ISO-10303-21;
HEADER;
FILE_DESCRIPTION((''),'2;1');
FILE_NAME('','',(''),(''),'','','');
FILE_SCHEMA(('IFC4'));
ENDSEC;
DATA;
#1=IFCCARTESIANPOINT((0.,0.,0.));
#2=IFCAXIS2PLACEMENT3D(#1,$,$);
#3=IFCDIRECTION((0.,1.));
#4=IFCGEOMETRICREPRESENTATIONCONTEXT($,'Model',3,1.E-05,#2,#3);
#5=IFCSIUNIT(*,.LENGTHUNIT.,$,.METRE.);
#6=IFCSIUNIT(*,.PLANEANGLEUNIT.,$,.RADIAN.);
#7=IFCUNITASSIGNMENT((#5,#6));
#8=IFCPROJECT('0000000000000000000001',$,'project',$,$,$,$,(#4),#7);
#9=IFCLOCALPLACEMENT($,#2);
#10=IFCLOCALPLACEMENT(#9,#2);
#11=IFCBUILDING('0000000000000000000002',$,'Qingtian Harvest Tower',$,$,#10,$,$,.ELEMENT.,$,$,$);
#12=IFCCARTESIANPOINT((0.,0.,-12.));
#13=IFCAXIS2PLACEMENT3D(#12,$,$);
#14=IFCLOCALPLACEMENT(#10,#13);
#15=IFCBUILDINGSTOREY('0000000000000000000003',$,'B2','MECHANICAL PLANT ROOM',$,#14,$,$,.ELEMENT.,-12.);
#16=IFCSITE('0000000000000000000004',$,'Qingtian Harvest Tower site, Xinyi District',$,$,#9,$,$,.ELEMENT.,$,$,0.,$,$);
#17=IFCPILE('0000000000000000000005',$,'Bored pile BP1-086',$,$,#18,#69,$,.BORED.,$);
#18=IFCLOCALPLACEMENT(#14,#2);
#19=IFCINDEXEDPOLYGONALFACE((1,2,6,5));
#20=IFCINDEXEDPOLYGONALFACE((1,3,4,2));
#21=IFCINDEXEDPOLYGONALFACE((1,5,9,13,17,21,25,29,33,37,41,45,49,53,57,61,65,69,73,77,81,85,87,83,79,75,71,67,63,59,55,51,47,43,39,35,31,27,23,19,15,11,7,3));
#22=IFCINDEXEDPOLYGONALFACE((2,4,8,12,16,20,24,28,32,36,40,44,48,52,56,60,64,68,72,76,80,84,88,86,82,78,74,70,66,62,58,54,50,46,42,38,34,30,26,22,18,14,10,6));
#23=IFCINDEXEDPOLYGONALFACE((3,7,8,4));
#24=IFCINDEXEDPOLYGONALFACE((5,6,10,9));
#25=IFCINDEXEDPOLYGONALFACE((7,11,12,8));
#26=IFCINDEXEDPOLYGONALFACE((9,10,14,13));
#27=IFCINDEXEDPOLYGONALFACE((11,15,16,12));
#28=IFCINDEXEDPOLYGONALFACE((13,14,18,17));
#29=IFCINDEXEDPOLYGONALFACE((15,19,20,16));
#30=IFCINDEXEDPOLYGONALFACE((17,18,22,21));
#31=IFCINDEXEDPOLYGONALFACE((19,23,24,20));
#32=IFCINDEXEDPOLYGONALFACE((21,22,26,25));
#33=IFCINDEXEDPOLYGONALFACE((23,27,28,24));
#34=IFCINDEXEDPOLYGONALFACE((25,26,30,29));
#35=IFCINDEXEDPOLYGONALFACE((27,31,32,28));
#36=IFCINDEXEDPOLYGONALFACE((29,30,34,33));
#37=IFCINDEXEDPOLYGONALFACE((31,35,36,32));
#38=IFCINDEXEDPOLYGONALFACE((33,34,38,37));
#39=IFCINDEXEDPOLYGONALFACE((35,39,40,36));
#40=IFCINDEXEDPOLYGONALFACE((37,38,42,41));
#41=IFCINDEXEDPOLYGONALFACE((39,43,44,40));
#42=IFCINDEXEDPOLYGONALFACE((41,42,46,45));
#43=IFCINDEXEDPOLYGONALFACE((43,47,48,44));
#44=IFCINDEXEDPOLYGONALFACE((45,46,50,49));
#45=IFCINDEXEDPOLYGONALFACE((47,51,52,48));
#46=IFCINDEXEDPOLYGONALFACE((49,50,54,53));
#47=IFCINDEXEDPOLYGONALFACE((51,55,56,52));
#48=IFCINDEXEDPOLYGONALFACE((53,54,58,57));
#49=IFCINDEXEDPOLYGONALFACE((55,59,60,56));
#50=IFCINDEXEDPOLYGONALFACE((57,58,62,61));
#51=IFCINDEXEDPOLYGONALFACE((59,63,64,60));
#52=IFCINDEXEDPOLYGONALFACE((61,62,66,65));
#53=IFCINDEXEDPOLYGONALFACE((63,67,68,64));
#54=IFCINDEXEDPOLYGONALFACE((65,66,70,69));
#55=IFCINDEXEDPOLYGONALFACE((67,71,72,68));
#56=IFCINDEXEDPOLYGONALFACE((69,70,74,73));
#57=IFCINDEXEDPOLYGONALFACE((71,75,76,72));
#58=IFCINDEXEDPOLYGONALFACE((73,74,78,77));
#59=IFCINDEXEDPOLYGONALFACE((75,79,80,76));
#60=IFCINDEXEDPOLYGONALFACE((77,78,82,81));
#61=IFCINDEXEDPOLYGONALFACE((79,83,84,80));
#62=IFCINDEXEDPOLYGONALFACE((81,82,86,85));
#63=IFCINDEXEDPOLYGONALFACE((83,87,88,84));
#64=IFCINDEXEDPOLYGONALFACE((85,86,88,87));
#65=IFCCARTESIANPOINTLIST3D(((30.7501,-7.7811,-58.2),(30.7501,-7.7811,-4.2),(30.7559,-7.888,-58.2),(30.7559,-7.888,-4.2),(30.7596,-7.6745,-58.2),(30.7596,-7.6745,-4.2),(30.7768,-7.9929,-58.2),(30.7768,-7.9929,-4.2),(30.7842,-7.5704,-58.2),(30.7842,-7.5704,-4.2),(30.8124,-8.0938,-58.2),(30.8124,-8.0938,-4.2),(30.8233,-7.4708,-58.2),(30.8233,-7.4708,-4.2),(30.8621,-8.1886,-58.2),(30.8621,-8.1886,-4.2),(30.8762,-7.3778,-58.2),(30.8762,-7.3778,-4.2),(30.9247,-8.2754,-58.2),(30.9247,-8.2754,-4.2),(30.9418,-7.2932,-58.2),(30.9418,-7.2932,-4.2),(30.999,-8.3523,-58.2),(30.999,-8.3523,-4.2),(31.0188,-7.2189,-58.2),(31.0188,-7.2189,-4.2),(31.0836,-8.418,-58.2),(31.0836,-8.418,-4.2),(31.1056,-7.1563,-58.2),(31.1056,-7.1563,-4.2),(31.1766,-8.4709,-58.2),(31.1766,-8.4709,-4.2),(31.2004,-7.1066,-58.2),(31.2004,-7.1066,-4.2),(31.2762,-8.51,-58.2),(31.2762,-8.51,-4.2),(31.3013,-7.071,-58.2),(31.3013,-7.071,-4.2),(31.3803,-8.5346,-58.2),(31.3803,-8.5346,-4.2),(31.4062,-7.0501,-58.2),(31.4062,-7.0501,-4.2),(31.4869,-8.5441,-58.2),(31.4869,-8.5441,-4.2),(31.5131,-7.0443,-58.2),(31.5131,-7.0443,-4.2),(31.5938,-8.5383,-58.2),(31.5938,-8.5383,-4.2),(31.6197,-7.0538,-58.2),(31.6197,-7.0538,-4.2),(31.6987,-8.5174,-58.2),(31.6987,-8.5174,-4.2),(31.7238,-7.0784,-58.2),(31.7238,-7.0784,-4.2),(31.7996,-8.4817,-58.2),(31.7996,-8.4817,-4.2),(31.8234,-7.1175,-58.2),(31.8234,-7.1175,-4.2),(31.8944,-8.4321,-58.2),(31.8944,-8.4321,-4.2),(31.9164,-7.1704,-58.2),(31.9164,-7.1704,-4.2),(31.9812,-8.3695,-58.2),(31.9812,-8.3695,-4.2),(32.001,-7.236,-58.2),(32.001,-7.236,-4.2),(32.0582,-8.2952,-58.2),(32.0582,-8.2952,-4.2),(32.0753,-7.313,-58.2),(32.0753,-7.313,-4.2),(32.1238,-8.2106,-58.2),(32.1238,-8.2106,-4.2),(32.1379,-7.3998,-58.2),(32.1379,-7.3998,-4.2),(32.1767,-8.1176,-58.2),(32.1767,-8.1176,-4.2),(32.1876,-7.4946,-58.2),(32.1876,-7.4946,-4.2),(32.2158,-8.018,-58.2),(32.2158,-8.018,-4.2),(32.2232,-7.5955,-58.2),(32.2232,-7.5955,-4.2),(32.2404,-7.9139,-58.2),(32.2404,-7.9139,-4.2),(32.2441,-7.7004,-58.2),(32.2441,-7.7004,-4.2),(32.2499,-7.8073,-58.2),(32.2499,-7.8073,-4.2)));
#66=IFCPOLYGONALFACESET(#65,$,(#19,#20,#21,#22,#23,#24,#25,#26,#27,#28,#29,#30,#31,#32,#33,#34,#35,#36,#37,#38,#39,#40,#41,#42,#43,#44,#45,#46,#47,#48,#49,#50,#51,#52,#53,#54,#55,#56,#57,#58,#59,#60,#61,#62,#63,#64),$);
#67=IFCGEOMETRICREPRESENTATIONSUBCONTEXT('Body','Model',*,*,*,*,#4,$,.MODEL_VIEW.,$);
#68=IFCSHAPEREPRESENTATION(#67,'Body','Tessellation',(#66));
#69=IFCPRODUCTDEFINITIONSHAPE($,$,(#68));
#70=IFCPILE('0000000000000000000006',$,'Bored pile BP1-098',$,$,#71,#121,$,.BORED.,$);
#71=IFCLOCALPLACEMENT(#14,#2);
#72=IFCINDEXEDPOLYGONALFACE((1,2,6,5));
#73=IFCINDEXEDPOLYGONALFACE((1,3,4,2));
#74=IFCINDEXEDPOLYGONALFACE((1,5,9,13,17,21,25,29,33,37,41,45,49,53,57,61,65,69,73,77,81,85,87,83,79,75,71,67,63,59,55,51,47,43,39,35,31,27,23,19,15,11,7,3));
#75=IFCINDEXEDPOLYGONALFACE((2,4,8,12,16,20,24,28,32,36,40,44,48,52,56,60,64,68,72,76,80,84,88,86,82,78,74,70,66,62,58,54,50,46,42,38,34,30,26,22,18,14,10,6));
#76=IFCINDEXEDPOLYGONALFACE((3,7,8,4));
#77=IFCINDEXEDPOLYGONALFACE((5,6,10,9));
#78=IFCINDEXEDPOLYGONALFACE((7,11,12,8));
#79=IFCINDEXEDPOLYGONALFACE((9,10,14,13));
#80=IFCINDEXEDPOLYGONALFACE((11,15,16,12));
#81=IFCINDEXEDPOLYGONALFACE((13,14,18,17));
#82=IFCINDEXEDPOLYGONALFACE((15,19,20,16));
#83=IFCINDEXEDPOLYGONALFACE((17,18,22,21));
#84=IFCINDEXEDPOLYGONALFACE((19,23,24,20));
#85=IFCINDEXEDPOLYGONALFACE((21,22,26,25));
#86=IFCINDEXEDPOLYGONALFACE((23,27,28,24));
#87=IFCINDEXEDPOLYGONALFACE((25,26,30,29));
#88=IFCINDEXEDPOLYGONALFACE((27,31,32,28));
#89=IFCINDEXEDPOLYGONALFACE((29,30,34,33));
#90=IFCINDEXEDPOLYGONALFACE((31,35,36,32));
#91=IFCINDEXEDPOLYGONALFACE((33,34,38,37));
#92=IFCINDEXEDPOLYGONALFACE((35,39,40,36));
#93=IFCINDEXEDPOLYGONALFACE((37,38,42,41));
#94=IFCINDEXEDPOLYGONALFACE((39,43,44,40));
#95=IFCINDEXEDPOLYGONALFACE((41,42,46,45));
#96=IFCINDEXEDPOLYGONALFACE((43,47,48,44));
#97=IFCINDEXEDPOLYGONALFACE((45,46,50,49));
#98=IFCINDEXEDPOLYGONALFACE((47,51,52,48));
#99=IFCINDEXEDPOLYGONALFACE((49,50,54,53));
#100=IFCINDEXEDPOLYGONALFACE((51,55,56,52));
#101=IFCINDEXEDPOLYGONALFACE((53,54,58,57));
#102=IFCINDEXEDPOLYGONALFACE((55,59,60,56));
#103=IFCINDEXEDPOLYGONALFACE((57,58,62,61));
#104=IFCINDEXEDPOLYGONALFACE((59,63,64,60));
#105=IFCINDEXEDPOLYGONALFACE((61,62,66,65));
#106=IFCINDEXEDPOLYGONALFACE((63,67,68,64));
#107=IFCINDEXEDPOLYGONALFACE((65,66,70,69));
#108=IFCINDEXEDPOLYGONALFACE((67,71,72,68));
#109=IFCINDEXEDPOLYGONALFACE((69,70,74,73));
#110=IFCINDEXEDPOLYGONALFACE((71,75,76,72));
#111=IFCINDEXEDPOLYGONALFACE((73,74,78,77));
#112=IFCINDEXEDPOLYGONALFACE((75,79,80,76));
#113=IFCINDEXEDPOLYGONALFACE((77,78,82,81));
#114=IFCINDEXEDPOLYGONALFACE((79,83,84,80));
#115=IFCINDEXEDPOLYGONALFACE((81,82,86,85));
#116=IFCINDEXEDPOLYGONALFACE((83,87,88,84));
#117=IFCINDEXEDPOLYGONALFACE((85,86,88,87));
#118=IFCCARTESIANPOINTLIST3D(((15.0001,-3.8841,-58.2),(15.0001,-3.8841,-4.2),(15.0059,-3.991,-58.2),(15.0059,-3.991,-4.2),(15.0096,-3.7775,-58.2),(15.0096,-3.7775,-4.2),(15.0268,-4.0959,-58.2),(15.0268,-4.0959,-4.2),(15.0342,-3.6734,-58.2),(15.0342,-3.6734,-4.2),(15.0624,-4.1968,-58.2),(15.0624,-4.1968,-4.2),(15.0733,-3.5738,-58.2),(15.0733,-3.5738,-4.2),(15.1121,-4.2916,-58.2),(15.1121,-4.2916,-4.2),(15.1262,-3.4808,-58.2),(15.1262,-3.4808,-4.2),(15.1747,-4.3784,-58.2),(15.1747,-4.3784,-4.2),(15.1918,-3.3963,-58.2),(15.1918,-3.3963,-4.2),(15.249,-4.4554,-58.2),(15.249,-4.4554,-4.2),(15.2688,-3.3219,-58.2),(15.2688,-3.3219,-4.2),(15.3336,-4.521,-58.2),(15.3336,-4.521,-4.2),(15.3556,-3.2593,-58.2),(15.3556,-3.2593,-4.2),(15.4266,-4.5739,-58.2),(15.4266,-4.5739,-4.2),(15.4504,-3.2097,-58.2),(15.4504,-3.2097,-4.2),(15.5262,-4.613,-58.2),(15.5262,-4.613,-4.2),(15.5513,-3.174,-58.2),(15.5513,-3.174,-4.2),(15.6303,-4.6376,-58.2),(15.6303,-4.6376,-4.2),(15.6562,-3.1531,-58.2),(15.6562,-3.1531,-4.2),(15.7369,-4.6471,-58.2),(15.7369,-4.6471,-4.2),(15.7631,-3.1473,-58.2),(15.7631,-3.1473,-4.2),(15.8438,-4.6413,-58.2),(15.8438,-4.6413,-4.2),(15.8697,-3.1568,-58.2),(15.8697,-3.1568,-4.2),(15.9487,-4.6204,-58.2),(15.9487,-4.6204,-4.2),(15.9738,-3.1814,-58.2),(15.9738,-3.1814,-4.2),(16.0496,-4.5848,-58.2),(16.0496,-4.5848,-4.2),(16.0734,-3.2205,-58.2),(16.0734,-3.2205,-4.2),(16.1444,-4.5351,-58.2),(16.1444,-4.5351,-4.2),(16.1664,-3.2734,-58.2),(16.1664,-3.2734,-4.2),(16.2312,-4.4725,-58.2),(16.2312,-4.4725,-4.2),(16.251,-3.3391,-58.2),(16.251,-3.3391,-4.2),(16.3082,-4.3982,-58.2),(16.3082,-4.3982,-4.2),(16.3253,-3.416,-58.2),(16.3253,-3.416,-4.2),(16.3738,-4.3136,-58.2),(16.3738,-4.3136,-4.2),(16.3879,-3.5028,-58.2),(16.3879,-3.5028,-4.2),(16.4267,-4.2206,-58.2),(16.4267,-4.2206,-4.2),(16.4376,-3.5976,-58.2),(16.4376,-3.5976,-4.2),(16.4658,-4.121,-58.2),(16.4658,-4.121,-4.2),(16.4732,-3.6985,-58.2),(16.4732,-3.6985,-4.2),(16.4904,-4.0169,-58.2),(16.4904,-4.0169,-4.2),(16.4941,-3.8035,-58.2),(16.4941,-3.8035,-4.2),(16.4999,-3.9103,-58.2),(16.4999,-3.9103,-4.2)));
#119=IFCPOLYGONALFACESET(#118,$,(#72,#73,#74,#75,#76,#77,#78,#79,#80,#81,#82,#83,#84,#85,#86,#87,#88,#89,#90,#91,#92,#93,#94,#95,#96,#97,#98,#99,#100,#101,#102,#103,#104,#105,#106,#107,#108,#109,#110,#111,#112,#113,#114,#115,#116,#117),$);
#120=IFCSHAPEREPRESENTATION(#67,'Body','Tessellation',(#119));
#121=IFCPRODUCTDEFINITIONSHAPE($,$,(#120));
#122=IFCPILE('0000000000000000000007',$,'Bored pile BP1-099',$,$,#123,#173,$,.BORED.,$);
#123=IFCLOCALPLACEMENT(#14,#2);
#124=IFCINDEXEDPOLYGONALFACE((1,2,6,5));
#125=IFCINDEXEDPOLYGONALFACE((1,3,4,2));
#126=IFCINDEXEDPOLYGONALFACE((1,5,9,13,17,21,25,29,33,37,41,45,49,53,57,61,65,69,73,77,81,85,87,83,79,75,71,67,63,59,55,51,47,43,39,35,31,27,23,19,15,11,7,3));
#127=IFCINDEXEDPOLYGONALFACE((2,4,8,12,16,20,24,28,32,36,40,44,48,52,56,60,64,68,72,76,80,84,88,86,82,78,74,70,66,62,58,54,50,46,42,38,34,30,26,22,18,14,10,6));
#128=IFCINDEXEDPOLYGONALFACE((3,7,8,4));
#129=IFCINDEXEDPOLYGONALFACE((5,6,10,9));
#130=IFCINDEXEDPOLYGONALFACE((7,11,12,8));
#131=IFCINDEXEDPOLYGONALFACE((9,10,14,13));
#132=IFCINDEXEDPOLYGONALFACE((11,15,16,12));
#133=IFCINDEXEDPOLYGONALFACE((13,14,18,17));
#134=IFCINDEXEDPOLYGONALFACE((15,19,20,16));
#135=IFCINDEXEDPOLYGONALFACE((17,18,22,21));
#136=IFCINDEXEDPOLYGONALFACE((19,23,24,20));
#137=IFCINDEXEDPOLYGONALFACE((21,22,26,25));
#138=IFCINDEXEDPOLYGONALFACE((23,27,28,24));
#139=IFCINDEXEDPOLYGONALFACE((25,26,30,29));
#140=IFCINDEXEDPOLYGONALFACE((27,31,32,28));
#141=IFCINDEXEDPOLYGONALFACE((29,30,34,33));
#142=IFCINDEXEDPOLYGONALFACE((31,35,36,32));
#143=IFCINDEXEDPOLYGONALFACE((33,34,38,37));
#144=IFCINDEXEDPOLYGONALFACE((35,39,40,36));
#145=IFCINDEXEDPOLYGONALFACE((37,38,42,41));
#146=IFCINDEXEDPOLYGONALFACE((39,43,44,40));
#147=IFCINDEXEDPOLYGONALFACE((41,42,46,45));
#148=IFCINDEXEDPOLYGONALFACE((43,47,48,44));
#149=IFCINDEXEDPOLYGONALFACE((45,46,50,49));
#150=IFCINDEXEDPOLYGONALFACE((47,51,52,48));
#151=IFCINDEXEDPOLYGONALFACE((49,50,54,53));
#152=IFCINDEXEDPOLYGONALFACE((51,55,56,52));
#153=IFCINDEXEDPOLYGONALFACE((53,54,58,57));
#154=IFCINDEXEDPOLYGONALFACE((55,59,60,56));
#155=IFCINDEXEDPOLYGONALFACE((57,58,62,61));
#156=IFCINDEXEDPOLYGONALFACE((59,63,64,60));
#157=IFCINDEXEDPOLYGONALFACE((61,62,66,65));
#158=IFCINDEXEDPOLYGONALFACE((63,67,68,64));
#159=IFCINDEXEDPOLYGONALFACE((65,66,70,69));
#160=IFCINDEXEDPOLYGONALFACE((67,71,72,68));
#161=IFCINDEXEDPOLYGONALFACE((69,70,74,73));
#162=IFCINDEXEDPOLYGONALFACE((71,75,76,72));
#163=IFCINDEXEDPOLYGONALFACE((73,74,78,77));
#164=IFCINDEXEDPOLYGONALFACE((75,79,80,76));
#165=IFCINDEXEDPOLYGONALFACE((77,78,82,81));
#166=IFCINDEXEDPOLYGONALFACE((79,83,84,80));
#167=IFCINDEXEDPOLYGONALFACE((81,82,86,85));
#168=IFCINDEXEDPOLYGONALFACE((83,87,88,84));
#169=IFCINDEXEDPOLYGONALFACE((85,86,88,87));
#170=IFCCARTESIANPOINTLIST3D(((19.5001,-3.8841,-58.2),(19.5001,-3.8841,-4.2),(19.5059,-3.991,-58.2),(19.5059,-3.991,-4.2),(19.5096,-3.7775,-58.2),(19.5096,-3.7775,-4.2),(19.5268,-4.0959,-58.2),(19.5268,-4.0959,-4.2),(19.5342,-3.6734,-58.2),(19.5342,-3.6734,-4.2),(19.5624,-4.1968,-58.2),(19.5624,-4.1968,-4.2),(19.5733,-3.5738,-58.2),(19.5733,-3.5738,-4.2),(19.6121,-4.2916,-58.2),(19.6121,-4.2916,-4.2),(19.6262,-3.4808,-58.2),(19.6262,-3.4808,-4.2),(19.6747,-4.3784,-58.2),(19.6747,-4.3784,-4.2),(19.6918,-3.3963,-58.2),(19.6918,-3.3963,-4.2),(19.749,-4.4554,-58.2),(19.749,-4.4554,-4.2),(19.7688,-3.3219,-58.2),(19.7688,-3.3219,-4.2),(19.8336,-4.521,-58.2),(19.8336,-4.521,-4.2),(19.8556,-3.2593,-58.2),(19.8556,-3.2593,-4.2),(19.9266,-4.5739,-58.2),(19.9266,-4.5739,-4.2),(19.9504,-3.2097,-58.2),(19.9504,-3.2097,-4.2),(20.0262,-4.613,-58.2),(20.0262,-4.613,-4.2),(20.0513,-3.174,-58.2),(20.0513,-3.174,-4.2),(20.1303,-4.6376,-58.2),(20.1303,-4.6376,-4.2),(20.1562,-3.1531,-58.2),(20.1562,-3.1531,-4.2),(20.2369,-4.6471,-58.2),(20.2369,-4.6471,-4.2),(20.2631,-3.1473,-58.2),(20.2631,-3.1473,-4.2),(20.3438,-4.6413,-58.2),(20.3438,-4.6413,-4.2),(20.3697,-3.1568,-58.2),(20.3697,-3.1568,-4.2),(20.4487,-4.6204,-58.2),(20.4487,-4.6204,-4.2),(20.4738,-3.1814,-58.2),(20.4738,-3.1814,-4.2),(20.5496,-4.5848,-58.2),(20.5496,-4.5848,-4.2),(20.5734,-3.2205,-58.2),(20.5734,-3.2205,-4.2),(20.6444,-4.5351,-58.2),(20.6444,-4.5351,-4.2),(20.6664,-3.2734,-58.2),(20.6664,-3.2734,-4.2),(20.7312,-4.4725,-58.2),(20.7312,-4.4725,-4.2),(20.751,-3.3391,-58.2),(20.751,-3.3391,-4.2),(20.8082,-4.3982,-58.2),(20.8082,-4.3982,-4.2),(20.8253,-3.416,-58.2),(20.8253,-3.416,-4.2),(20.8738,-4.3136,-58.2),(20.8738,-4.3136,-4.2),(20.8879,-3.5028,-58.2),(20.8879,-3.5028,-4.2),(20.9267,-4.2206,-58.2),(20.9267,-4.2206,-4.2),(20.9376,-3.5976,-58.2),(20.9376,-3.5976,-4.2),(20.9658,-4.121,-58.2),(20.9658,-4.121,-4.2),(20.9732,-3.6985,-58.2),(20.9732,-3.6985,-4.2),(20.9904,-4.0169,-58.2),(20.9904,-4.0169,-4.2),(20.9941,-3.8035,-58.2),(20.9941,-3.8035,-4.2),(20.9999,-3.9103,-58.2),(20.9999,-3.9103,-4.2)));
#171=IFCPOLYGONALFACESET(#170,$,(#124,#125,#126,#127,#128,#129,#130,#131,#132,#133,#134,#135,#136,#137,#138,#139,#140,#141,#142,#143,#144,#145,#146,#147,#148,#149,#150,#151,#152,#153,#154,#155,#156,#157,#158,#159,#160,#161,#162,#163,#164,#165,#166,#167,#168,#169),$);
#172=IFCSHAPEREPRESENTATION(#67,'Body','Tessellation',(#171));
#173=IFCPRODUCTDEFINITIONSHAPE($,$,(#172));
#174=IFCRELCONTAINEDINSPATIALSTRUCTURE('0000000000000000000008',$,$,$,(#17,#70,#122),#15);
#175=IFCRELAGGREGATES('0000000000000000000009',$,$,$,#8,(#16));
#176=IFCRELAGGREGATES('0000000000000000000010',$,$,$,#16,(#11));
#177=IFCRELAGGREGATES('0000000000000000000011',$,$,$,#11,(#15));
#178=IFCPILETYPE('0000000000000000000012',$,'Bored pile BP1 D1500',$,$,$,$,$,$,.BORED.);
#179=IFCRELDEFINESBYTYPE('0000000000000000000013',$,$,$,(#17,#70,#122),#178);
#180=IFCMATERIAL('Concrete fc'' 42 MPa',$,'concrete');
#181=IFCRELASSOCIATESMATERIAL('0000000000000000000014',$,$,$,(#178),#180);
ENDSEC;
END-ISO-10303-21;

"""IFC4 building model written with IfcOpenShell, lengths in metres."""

from ifc_helpers import new_model, si_unit, direction, frame, frame_2d, origin, place, context, subcontext, project, spatial, circle, extrude, material, material_profile, profile_set, type_object, element, save


model = new_model("IFC4")

# Units and contexts
model_context = context("Model", 3, precision=1e-05, world=origin(), true_north=direction((0.0, 1.0)))
body_context = subcontext(model_context, "Body", "Model", "MODEL_VIEW")
ifc_project = project(units=[si_unit("LENGTHUNIT", "METRE"), si_unit("PLANEANGLEUNIT", "RADIAN")], contexts=[model_context])

# Site, building, storey
site_placement = place(None, origin())
site = spatial("IfcSite", under=ifc_project, at=site_placement, Name="Qingtian Harvest Tower site, Xinyi District", CompositionType="ELEMENT", RefElevation=0.0)
building_placement = place(site_placement, origin())
building = spatial("IfcBuilding", under=site, at=building_placement, Name="Qingtian Harvest Tower", CompositionType="ELEMENT")
storey_placement = place(building_placement, frame((0.0, 0.0, -12.0)))
storey = spatial("IfcBuildingStorey", under=building, at=storey_placement, Name="B2", Description="MECHANICAL PLANT ROOM", CompositionType="ELEMENT", Elevation=-12.0)

# Piles
ifc_material_1 = material(Name="Concrete fc' 42 MPa", Category="concrete")
ifc_material_profile_1 = material_profile(ifc_material_1, circle(Radius=0.75, at=frame_2d((0.0, 0.0), x_axis=(0.999848, 0.017452))), Name="Bored pile BP1 D1500")
ifc_profile_set_1 = profile_set([ifc_material_profile_1], Name="Concrete fc' 42 MPa")
pile_type = type_object("IfcPileType", Name="Bored pile BP1 D1500", PredefinedType="BORED", material=ifc_profile_set_1)
for number, where, z_axis, x_axis, name in (
    (1, (31.5, -7.7942, -4.2), (0.0, 0.0, -1.0), (1.0, 0.0, 0.0), "Bored pile BP1-086"),
    (2, (15.75, -3.8972, -4.2), (0.0, 0.0, -1.0), (1.0, 0.0, 0.0), "Bored pile BP1-098"),
    (3, (20.25, -3.8972, -4.2), (0.0, 0.0, -1.0), (1.0, 0.0, 0.0), "Bored pile BP1-099"),
):
    element("IfcPile", number, at=place(storey_placement, frame(where, z_axis=z_axis, x_axis=x_axis)), inside=storey, type_object=pile_type, Name=name, PredefinedType="BORED", context=body_context, shape_type="SweptSolid", body=[
        extrude(circle(Radius=0.75, at=frame_2d((0.0, 0.0), x_axis=(0.999848, 0.017452))), origin(), (0.0, 0.0, 1.0), 54.0),
    ])

save(model, "model.ifc")
